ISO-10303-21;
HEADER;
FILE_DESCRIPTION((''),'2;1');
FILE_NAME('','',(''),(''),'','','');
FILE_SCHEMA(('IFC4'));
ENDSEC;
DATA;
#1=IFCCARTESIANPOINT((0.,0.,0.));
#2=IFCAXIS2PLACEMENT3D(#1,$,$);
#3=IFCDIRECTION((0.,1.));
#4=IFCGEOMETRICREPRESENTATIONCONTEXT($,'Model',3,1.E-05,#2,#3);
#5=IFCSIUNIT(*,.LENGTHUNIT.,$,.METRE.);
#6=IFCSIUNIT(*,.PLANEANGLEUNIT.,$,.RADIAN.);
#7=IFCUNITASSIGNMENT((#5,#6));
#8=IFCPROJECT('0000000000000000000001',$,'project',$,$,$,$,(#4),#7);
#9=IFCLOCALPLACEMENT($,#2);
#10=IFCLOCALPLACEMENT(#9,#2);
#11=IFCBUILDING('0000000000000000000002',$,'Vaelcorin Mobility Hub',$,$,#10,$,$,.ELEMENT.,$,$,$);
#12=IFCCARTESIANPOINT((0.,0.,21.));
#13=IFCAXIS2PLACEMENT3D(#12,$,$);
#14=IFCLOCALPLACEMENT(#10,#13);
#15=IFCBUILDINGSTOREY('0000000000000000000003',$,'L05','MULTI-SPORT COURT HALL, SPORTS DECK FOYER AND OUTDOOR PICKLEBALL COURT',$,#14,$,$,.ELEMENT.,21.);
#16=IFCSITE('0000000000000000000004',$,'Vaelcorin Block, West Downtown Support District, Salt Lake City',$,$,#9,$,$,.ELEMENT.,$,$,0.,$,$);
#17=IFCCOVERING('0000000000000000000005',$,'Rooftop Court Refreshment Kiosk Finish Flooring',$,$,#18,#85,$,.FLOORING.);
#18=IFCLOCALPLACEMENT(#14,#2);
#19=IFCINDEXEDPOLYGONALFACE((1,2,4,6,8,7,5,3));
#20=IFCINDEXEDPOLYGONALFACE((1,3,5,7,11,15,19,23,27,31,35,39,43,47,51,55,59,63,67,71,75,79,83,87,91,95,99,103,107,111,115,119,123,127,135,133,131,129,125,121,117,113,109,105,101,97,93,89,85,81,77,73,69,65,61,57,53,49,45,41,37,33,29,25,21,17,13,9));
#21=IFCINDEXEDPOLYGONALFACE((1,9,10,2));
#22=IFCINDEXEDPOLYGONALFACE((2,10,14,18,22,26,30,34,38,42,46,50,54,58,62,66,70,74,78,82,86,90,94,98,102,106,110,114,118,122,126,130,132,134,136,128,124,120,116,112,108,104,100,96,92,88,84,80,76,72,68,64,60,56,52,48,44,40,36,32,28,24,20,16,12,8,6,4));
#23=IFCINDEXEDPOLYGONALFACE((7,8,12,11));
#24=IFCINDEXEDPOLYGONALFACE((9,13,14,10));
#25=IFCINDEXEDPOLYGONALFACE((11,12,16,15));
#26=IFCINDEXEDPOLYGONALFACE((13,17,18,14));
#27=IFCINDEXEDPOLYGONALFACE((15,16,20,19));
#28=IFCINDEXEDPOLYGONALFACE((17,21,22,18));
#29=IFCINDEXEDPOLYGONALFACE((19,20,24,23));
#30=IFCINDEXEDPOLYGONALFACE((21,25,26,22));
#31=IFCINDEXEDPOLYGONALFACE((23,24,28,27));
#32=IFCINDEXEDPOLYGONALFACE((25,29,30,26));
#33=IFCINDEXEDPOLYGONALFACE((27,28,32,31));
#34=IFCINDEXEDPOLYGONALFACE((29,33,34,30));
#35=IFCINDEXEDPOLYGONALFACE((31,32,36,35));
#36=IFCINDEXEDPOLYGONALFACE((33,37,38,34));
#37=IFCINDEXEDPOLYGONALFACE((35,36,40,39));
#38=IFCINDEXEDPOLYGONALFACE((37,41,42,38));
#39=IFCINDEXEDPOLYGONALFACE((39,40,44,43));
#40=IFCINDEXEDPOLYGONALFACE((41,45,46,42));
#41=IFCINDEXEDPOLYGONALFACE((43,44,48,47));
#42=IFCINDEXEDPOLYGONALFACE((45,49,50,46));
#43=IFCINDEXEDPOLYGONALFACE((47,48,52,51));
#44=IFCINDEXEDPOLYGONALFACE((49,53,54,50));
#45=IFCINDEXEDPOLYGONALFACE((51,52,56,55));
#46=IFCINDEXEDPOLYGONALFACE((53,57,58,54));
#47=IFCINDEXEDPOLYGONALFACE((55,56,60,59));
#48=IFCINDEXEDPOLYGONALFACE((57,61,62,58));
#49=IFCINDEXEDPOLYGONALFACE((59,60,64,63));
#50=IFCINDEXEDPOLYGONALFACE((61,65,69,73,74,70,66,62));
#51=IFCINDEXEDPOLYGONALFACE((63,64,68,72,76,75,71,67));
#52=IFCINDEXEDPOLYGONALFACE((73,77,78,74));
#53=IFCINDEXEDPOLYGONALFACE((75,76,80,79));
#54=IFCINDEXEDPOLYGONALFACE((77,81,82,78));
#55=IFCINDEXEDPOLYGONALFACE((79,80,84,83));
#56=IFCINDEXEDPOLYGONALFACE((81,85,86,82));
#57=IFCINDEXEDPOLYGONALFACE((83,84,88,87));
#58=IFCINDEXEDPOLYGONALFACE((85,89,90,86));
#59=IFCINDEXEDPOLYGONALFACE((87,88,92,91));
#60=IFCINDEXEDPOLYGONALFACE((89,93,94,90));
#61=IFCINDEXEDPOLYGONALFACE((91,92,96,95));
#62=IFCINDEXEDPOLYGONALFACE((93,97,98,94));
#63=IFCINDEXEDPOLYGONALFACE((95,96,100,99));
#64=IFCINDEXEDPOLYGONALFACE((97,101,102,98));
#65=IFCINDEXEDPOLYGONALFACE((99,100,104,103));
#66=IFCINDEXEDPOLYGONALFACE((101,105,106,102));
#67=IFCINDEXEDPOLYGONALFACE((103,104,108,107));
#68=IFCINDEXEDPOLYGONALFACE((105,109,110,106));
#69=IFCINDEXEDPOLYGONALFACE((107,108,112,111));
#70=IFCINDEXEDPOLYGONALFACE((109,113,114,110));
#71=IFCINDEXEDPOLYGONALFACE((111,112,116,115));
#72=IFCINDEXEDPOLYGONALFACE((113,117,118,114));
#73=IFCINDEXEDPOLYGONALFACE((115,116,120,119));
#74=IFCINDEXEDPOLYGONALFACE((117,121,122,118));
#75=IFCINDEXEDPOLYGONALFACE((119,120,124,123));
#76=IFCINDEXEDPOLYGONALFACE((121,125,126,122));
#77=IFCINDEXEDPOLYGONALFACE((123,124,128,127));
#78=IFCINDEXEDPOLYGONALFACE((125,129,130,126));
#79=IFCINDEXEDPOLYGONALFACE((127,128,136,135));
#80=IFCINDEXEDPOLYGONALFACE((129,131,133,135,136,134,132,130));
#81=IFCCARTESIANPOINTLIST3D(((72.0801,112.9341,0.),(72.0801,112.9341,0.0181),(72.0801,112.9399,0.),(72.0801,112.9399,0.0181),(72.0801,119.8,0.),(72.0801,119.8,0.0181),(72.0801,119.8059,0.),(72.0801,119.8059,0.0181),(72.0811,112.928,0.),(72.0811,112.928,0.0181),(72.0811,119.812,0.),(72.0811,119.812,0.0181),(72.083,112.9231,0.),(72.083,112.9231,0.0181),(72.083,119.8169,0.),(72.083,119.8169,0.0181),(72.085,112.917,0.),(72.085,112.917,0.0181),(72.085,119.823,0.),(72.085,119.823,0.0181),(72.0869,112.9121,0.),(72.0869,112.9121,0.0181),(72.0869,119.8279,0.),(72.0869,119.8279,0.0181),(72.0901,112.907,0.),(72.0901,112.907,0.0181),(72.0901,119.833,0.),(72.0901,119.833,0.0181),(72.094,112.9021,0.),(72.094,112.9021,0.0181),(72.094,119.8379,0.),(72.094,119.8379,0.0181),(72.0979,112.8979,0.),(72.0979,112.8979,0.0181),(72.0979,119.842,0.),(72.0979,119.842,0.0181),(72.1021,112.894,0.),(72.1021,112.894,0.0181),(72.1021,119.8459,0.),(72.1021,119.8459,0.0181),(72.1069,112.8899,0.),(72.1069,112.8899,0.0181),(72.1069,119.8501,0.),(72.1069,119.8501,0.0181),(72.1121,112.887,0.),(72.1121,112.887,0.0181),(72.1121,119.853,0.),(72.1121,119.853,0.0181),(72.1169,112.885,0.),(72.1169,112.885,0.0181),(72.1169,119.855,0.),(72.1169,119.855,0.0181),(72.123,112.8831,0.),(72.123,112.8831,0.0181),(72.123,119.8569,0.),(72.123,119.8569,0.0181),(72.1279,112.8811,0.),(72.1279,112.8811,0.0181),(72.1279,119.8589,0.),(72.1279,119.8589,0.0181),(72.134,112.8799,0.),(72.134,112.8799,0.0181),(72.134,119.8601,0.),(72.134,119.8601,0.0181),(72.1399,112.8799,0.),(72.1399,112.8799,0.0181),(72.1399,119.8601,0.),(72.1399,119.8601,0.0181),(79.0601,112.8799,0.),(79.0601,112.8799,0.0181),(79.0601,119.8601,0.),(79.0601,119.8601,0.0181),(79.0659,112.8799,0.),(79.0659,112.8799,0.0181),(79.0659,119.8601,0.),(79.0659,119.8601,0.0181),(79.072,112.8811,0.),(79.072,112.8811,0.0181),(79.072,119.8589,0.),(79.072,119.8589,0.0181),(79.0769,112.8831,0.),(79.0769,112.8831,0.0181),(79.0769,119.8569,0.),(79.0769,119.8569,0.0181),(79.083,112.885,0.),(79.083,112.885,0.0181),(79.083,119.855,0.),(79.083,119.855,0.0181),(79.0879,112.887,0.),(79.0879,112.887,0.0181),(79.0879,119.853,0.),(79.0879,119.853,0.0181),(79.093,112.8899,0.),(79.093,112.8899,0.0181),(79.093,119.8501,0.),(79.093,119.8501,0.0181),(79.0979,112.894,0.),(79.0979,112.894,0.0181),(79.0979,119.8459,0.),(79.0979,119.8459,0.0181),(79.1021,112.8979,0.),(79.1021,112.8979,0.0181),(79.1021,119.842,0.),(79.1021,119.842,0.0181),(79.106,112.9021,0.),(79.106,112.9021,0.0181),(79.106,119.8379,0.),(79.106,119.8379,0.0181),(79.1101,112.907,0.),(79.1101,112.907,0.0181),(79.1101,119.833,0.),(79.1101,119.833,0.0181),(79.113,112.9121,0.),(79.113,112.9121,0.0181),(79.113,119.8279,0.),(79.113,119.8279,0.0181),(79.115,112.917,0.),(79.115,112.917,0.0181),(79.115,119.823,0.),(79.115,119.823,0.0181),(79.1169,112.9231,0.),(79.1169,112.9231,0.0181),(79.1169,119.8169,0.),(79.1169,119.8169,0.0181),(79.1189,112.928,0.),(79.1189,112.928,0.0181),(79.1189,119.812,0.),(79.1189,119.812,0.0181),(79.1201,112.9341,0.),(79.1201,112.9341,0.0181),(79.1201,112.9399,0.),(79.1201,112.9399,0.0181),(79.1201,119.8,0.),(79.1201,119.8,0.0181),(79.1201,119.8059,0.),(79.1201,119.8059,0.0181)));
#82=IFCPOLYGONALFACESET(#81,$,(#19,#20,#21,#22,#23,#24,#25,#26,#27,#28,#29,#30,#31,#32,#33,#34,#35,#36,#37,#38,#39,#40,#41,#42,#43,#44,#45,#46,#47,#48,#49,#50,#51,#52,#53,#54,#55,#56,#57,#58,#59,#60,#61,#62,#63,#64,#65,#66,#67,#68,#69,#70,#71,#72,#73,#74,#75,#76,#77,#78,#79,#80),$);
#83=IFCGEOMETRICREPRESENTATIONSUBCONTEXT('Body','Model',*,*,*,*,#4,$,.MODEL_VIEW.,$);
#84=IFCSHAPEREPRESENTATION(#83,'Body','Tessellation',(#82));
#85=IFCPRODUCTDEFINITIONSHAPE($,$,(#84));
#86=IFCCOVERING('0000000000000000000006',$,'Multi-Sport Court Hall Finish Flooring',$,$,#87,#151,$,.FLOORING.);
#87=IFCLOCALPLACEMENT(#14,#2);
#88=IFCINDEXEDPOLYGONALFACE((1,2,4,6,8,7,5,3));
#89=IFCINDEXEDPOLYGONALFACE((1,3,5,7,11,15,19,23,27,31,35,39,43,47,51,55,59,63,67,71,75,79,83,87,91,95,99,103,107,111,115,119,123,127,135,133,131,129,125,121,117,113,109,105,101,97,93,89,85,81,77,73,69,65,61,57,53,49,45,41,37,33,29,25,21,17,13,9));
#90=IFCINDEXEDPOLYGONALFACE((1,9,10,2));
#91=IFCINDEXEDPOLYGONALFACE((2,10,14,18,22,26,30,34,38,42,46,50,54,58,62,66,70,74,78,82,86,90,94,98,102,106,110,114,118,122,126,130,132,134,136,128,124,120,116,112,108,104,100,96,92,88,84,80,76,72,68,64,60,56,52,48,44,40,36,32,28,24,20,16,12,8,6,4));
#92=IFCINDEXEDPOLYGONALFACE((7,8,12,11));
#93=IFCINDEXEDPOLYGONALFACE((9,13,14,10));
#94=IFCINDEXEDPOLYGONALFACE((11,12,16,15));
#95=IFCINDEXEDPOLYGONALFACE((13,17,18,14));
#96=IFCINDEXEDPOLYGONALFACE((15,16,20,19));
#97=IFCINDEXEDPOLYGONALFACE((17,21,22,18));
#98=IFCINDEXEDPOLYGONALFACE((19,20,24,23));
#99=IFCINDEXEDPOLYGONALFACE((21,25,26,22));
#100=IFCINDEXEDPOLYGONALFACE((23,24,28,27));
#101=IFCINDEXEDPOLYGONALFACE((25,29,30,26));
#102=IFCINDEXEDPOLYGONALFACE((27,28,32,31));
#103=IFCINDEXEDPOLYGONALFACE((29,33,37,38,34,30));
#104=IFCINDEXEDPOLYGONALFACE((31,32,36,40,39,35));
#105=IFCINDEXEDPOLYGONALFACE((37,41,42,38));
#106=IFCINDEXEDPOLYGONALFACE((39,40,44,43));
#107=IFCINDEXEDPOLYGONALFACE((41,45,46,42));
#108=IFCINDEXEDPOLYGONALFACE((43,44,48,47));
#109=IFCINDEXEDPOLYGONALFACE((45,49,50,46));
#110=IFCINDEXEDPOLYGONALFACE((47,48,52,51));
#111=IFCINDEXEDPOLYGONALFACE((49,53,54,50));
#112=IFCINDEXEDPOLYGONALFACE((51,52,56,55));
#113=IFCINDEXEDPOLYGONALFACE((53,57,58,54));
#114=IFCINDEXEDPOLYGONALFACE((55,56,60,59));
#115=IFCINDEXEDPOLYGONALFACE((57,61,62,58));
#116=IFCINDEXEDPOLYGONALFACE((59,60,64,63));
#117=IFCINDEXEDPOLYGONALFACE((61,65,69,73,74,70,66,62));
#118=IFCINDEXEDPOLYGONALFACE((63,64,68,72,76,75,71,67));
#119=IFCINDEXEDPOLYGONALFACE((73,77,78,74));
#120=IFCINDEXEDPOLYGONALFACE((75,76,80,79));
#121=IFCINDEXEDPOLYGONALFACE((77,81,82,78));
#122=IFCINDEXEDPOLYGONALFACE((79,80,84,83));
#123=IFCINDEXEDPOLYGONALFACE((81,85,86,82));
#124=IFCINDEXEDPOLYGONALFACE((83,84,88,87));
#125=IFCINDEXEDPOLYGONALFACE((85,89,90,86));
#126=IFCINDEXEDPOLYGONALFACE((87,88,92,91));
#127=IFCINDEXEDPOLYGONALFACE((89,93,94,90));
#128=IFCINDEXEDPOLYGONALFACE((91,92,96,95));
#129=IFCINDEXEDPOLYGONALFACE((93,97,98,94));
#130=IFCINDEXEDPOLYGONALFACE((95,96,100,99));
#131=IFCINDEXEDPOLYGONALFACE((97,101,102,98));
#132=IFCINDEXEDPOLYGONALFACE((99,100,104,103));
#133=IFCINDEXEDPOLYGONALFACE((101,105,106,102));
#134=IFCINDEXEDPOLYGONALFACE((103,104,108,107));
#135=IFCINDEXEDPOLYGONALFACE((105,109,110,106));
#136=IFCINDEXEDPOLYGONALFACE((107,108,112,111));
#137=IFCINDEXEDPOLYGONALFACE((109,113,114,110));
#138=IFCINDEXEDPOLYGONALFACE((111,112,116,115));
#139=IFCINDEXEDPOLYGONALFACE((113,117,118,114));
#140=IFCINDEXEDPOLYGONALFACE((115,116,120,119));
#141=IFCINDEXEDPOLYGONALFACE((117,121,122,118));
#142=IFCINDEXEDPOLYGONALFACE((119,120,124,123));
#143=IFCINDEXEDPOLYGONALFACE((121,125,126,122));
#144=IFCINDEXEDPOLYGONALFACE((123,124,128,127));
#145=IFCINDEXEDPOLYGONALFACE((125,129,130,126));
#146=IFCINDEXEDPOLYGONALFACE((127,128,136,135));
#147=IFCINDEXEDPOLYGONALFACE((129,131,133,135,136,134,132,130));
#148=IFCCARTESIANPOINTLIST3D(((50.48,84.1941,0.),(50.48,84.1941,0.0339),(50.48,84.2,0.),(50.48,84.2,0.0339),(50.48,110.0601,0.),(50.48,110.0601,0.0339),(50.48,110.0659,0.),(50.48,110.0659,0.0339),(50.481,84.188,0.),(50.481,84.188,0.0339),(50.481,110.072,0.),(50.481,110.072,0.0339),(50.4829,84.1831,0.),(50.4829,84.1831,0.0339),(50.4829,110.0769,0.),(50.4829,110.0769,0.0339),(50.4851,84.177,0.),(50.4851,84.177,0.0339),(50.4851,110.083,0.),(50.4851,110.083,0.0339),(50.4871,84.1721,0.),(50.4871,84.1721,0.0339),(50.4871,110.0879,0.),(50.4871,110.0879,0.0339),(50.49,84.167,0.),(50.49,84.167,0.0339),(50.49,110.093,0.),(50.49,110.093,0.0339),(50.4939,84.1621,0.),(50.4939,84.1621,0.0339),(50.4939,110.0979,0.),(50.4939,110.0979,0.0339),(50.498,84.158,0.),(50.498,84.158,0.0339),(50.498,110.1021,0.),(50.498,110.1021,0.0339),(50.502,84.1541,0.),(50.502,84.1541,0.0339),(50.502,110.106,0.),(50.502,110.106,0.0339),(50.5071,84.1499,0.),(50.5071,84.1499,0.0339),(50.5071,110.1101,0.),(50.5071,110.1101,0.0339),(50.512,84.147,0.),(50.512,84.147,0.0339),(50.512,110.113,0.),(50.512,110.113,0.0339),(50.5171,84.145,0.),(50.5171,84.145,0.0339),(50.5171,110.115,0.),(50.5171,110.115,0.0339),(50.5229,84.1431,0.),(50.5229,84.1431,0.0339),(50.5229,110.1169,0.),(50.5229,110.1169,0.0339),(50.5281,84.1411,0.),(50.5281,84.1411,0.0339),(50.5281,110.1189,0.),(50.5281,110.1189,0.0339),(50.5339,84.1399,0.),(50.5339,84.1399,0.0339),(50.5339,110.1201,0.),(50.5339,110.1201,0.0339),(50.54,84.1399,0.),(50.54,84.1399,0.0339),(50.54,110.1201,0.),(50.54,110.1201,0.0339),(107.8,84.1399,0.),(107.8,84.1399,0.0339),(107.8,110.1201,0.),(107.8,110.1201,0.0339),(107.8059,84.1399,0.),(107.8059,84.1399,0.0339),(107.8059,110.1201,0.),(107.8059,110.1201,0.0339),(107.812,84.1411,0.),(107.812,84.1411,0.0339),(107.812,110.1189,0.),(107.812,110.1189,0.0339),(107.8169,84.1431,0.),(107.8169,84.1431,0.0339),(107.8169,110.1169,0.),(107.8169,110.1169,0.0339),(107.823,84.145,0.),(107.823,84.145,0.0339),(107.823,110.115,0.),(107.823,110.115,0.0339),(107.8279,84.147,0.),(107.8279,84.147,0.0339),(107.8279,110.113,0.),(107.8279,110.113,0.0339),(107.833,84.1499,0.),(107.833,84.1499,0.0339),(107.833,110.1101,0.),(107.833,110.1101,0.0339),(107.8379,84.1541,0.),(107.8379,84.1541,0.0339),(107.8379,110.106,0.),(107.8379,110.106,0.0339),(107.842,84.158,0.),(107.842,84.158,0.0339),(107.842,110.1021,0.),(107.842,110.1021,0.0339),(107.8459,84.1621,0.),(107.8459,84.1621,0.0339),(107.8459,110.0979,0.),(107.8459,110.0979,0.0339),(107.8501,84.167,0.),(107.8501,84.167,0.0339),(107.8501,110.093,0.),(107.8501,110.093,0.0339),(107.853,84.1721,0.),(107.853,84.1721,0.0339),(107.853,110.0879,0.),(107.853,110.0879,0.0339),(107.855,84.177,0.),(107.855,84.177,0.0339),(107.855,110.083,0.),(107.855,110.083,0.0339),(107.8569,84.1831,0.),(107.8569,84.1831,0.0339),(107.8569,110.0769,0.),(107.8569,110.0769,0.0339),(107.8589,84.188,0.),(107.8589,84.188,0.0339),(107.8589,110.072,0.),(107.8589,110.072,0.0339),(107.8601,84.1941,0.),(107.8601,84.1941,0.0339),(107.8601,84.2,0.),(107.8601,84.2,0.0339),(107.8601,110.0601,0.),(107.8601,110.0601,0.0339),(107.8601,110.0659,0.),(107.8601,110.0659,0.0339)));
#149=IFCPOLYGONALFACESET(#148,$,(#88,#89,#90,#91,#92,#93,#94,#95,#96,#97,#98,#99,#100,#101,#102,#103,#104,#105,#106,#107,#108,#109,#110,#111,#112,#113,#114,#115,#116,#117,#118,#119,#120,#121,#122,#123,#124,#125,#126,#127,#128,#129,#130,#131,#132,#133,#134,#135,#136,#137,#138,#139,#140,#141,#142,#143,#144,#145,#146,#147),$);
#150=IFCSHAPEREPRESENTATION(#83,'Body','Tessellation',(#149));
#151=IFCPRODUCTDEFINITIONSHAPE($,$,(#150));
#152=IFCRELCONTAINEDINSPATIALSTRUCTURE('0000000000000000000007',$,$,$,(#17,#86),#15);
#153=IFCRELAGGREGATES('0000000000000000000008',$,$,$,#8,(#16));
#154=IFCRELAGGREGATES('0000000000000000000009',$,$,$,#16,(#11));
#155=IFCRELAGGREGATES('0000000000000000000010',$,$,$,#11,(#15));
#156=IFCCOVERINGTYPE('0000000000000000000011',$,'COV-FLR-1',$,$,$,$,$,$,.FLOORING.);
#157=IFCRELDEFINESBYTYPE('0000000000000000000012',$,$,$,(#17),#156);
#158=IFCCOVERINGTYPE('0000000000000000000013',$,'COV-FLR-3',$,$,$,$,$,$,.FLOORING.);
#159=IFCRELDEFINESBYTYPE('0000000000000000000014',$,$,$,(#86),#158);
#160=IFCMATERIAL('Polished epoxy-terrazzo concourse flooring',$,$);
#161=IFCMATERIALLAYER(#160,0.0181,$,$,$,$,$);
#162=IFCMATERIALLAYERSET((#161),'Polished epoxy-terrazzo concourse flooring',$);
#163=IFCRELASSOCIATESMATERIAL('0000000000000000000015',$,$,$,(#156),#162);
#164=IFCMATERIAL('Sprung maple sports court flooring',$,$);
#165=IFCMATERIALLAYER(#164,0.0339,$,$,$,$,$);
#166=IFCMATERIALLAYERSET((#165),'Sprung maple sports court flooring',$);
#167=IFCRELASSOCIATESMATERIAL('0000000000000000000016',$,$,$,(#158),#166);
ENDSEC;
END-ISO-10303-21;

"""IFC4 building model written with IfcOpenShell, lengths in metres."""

from ifc_helpers import new_model, si_unit, direction, frame, origin, place, context, subcontext, project, spatial, polyline, outline, extrude, material, layer, layer_set, type_object, element, save


model = new_model("IFC4")

# Units and contexts
model_context = context("Model", 3, precision=1e-05, world=origin(), true_north=direction((0.0, 1.0)))
body_context = subcontext(model_context, "Body", "Model", "MODEL_VIEW")
ifc_project = project(units=[si_unit("LENGTHUNIT", "METRE"), si_unit("PLANEANGLEUNIT", "RADIAN")], contexts=[model_context])

# Site, building, storey
site_placement = place(None, origin())
site = spatial("IfcSite", under=ifc_project, at=site_placement, Name="Vaelcorin Block, West Downtown Support District, Salt Lake City", CompositionType="ELEMENT", RefElevation=0.0)
building_placement = place(site_placement, origin())
building = spatial("IfcBuilding", under=site, at=building_placement, Name="Vaelcorin Mobility Hub", CompositionType="ELEMENT")
storey_placement = place(building_placement, frame((0.0, 0.0, 21.0)))
storey = spatial("IfcBuildingStorey", under=building, at=storey_placement, Name="L05", Description="MULTI-SPORT COURT HALL, SPORTS DECK FOYER AND OUTDOOR PICKLEBALL COURT", CompositionType="ELEMENT", Elevation=21.0)

# Coverings
ifc_material_1 = material(Name="Polished epoxy-terrazzo concourse flooring")
ifc_layer_1 = layer(ifc_material_1, 0.0181)
ifc_layer_set_1 = layer_set([ifc_layer_1], Name="Polished epoxy-terrazzo concourse flooring")
covering_type_1 = type_object("IfcCoveringType", Name="COV-FLR-1", PredefinedType="FLOORING", material=ifc_layer_set_1)
covering_1_placement = place(storey_placement, origin())
element("IfcCovering", 1, at=covering_1_placement, inside=storey, type_object=covering_type_1, Name="Rooftop Court Refreshment Kiosk Finish Flooring", PredefinedType="FLOORING", context=body_context, shape_type="SweptSolid", body=[
    extrude(outline(polyline([(72.1399, 112.8799), (72.134, 112.8799), (72.1279, 112.8811), (72.123, 112.8831), (72.1169, 112.885), (72.1121, 112.887), (72.1069, 112.8899), (72.1021, 112.894), (72.0979, 112.8979), (72.094, 112.9021), (72.0901, 112.907), (72.0869, 112.9121), (72.085, 112.917), (72.083, 112.9231), (72.0811, 112.928), (72.0801, 112.9341), (72.0801, 112.9399), (72.0801, 119.8), (72.0801, 119.8059), (72.0811, 119.812), (72.083, 119.8169), (72.085, 119.823), (72.0869, 119.8279), (72.0901, 119.833), (72.094, 119.8379), (72.0979, 119.842), (72.1021, 119.8459), (72.1069, 119.8501), (72.1121, 119.853), (72.1169, 119.855), (72.123, 119.8569), (72.1279, 119.8589), (72.134, 119.8601), (72.1399, 119.8601), (79.0601, 119.8601), (79.0659, 119.8601), (79.072, 119.8589), (79.0769, 119.8569), (79.083, 119.855), (79.0879, 119.853), (79.093, 119.8501), (79.0979, 119.8459), (79.1021, 119.842), (79.106, 119.8379), (79.1101, 119.833), (79.113, 119.8279), (79.115, 119.823), (79.1169, 119.8169), (79.1189, 119.812), (79.1201, 119.8059), (79.1201, 119.8), (79.1201, 112.9399), (79.1201, 112.9341), (79.1189, 112.928), (79.1169, 112.9231), (79.115, 112.917), (79.113, 112.9121), (79.1101, 112.907), (79.106, 112.9021), (79.1021, 112.8979), (79.0979, 112.894), (79.093, 112.8899), (79.0879, 112.887), (79.083, 112.885), (79.0769, 112.8831), (79.072, 112.8811), (79.0659, 112.8799), (79.0601, 112.8799), (72.1399, 112.8799)])), origin(), (0.0, 0.0, 1.0), 0.0181),
])
ifc_material_2 = material(Name="Sprung maple sports court flooring")
ifc_layer_2 = layer(ifc_material_2, 0.0339)
ifc_layer_set_2 = layer_set([ifc_layer_2], Name="Sprung maple sports court flooring")
covering_type_2 = type_object("IfcCoveringType", Name="COV-FLR-3", PredefinedType="FLOORING", material=ifc_layer_set_2)
covering_2_placement = place(storey_placement, origin())
element("IfcCovering", 2, at=covering_2_placement, inside=storey, type_object=covering_type_2, Name="Multi-Sport Court Hall Finish Flooring", PredefinedType="FLOORING", context=body_context, shape_type="SweptSolid", body=[
    extrude(outline(polyline([(50.54, 84.1399), (50.5339, 84.1399), (50.5281, 84.1411), (50.5229, 84.1431), (50.5171, 84.145), (50.512, 84.147), (50.5071, 84.1499), (50.502, 84.1541), (50.498, 84.158), (50.4939, 84.1621), (50.49, 84.167), (50.4871, 84.1721), (50.4851, 84.177), (50.4829, 84.1831), (50.481, 84.188), (50.48, 84.1941), (50.48, 84.2), (50.48, 110.0601), (50.48, 110.0659), (50.481, 110.072), (50.4829, 110.0769), (50.4851, 110.083), (50.4871, 110.0879), (50.49, 110.093), (50.4939, 110.0979), (50.498, 110.1021), (50.502, 110.106), (50.5071, 110.1101), (50.512, 110.113), (50.5171, 110.115), (50.5229, 110.1169), (50.5281, 110.1189), (50.5339, 110.1201), (50.54, 110.1201), (107.8, 110.1201), (107.8059, 110.1201), (107.812, 110.1189), (107.8169, 110.1169), (107.823, 110.115), (107.8279, 110.113), (107.833, 110.1101), (107.8379, 110.106), (107.842, 110.1021), (107.8459, 110.0979), (107.8501, 110.093), (107.853, 110.0879), (107.855, 110.083), (107.8569, 110.0769), (107.8589, 110.072), (107.8601, 110.0659), (107.8601, 110.0601), (107.8601, 84.2), (107.8601, 84.1941), (107.8589, 84.188), (107.8569, 84.1831), (107.855, 84.177), (107.853, 84.1721), (107.8501, 84.167), (107.8459, 84.1621), (107.842, 84.158), (107.8379, 84.1541), (107.833, 84.1499), (107.8279, 84.147), (107.823, 84.145), (107.8169, 84.1431), (107.812, 84.1411), (107.8059, 84.1399), (107.8, 84.1399), (50.54, 84.1399)])), origin(), (0.0, 0.0, 1.0), 0.0339),
])

save(model, "model.ifc")
